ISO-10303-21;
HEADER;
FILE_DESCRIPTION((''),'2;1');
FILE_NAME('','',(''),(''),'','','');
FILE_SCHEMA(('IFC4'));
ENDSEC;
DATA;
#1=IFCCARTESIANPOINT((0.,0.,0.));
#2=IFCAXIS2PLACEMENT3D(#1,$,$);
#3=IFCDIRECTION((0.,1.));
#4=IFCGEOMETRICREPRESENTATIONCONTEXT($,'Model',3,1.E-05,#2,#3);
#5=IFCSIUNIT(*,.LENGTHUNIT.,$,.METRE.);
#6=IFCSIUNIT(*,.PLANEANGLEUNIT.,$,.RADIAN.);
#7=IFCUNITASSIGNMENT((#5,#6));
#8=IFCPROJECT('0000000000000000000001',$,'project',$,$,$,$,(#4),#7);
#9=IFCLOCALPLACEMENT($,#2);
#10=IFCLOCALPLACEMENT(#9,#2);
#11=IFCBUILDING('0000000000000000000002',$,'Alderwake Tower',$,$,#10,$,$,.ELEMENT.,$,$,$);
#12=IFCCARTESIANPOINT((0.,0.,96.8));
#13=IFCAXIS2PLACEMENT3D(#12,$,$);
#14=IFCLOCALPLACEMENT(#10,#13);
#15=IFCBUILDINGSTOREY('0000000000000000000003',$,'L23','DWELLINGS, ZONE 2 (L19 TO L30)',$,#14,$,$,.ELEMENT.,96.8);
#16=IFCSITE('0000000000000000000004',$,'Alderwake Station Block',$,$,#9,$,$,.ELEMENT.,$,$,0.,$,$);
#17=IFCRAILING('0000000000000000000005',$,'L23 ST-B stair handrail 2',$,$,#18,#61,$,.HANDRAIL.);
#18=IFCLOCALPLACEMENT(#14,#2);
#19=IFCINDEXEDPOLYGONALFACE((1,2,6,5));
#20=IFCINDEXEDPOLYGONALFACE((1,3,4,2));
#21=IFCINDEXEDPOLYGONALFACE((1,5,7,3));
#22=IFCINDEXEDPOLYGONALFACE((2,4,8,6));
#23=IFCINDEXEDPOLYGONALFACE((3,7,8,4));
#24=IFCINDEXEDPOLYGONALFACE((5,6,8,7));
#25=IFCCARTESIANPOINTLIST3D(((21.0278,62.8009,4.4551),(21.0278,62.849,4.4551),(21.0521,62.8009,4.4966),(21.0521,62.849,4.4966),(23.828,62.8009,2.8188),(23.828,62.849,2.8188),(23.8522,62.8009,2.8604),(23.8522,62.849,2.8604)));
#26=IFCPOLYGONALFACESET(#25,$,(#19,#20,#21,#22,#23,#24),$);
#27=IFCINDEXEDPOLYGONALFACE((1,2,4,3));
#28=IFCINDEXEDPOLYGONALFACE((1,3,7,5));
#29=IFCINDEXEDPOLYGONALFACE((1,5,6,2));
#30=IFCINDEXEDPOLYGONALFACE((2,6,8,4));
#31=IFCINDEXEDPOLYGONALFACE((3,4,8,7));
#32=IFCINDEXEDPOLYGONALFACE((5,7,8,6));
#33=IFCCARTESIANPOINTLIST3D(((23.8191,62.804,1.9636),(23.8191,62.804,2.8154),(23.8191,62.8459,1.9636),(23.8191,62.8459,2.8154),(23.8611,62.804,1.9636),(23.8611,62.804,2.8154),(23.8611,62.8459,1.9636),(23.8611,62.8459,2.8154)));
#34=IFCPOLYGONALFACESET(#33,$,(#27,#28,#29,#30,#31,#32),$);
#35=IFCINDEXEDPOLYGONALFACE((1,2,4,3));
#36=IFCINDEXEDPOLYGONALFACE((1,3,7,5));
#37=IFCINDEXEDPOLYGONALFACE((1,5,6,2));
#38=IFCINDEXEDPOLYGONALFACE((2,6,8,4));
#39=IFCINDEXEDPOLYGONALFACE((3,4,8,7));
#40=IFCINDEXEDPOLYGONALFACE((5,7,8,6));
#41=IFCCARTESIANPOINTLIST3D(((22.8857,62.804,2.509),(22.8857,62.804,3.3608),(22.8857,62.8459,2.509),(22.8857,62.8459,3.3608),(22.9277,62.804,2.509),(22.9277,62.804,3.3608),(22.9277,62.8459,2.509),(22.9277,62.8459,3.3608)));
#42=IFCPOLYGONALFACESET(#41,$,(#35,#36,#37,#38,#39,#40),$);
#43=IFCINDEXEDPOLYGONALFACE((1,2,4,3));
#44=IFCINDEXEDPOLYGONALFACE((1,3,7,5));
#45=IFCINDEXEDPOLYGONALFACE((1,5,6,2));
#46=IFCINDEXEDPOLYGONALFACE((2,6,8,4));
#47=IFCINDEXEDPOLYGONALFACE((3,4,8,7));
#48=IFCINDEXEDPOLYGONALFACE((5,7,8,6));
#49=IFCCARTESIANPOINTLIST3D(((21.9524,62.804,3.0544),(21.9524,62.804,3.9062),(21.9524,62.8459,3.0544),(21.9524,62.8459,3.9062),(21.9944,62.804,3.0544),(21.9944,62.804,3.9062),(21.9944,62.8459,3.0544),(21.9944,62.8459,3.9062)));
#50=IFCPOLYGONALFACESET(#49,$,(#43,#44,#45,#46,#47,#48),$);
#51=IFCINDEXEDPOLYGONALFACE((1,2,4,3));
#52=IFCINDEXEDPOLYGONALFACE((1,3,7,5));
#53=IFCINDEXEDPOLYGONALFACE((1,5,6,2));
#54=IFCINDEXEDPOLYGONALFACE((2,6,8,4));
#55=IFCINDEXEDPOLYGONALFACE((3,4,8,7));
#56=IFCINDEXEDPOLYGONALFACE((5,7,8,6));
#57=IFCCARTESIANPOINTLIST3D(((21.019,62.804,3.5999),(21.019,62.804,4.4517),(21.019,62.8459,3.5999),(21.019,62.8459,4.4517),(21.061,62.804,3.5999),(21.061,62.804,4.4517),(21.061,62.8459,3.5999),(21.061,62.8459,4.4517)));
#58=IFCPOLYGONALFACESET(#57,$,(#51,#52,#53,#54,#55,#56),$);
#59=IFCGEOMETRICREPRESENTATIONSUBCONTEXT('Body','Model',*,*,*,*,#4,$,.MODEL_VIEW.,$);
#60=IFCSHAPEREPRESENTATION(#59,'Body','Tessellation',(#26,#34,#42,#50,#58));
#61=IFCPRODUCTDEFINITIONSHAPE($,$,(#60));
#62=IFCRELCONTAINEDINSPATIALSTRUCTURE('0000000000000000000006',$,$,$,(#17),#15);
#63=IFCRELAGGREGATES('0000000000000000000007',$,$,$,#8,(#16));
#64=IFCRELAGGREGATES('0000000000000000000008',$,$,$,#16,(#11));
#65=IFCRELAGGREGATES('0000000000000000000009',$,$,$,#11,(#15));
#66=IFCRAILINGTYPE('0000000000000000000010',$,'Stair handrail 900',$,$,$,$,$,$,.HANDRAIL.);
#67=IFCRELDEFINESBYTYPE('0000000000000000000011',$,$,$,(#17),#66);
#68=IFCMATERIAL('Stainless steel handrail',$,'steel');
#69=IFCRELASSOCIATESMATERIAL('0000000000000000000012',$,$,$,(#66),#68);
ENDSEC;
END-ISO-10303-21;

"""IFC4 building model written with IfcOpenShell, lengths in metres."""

from ifc_helpers import new_model, si_unit, direction, frame, origin, origin_2d, place, context, subcontext, project, spatial, rectangle, extrude, material, type_object, element, save


model = new_model("IFC4")

# Units and contexts
model_context = context("Model", 3, precision=1e-05, world=origin(), true_north=direction((0.0, 1.0)))
body_context = subcontext(model_context, "Body", "Model", "MODEL_VIEW")
ifc_project = project(units=[si_unit("LENGTHUNIT", "METRE"), si_unit("PLANEANGLEUNIT", "RADIAN")], contexts=[model_context])

# Site, building, storey
site_placement = place(None, origin())
site = spatial("IfcSite", under=ifc_project, at=site_placement, Name="Alderwake Station Block", CompositionType="ELEMENT", RefElevation=0.0)
building_placement = place(site_placement, origin())
building = spatial("IfcBuilding", under=site, at=building_placement, Name="Alderwake Tower", CompositionType="ELEMENT")
storey_placement = place(building_placement, frame((0.0, 0.0, 96.8)))
storey = spatial("IfcBuildingStorey", under=building, at=storey_placement, Name="L23", Description="DWELLINGS, ZONE 2 (L19 TO L30)", CompositionType="ELEMENT", Elevation=96.8)

# Railing
ifc_material_1 = material(Name="Stainless steel handrail", Category="steel")
railing_type_1 = type_object("IfcRailingType", Name="Stair handrail 900", PredefinedType="HANDRAIL", material=ifc_material_1)
railing_1_placement = place(storey_placement, frame((23.8401, 62.825, 1.9636)))
element("IfcRailing", 1, at=railing_1_placement, inside=storey, type_object=railing_type_1, Name="L23 ST-B stair handrail 2", PredefinedType="HANDRAIL", context=body_context, shape_type="SweptSolid", body=[
    extrude(rectangle(XDim=0.0481, YDim=0.0481, at=origin_2d()), frame((0.0, 0.0, 0.876), z_axis=(-0.863394, 0.0, 0.504531), x_axis=(0.0, -1.0, 0.0)), (0.0, 0.0, 1.0), 3.2432),
    extrude(rectangle(XDim=0.042, YDim=0.042, at=origin_2d()), frame((0.0, 0.0, 0.0), z_axis=(0.0, 0.0, 1.0), x_axis=(-1.0, 0.0, 0.0)), (0.0, 0.0, 1.0), 0.8518),
    extrude(rectangle(XDim=0.042, YDim=0.042, at=origin_2d()), frame((-0.9333, 0.0, 0.5454), z_axis=(0.0, 0.0, 1.0), x_axis=(-1.0, 0.0, 0.0)), (0.0, 0.0, 1.0), 0.8518),
    extrude(rectangle(XDim=0.042, YDim=0.042, at=origin_2d()), frame((-1.8667, 0.0, 1.0908), z_axis=(0.0, 0.0, 1.0), x_axis=(-1.0, 0.0, 0.0)), (0.0, 0.0, 1.0), 0.8518),
    extrude(rectangle(XDim=0.042, YDim=0.042, at=origin_2d()), frame((-2.8, 0.0, 1.6362), z_axis=(0.0, 0.0, 1.0), x_axis=(-1.0, 0.0, 0.0)), (0.0, 0.0, 1.0), 0.8518),
])

save(model, "model.ifc")
